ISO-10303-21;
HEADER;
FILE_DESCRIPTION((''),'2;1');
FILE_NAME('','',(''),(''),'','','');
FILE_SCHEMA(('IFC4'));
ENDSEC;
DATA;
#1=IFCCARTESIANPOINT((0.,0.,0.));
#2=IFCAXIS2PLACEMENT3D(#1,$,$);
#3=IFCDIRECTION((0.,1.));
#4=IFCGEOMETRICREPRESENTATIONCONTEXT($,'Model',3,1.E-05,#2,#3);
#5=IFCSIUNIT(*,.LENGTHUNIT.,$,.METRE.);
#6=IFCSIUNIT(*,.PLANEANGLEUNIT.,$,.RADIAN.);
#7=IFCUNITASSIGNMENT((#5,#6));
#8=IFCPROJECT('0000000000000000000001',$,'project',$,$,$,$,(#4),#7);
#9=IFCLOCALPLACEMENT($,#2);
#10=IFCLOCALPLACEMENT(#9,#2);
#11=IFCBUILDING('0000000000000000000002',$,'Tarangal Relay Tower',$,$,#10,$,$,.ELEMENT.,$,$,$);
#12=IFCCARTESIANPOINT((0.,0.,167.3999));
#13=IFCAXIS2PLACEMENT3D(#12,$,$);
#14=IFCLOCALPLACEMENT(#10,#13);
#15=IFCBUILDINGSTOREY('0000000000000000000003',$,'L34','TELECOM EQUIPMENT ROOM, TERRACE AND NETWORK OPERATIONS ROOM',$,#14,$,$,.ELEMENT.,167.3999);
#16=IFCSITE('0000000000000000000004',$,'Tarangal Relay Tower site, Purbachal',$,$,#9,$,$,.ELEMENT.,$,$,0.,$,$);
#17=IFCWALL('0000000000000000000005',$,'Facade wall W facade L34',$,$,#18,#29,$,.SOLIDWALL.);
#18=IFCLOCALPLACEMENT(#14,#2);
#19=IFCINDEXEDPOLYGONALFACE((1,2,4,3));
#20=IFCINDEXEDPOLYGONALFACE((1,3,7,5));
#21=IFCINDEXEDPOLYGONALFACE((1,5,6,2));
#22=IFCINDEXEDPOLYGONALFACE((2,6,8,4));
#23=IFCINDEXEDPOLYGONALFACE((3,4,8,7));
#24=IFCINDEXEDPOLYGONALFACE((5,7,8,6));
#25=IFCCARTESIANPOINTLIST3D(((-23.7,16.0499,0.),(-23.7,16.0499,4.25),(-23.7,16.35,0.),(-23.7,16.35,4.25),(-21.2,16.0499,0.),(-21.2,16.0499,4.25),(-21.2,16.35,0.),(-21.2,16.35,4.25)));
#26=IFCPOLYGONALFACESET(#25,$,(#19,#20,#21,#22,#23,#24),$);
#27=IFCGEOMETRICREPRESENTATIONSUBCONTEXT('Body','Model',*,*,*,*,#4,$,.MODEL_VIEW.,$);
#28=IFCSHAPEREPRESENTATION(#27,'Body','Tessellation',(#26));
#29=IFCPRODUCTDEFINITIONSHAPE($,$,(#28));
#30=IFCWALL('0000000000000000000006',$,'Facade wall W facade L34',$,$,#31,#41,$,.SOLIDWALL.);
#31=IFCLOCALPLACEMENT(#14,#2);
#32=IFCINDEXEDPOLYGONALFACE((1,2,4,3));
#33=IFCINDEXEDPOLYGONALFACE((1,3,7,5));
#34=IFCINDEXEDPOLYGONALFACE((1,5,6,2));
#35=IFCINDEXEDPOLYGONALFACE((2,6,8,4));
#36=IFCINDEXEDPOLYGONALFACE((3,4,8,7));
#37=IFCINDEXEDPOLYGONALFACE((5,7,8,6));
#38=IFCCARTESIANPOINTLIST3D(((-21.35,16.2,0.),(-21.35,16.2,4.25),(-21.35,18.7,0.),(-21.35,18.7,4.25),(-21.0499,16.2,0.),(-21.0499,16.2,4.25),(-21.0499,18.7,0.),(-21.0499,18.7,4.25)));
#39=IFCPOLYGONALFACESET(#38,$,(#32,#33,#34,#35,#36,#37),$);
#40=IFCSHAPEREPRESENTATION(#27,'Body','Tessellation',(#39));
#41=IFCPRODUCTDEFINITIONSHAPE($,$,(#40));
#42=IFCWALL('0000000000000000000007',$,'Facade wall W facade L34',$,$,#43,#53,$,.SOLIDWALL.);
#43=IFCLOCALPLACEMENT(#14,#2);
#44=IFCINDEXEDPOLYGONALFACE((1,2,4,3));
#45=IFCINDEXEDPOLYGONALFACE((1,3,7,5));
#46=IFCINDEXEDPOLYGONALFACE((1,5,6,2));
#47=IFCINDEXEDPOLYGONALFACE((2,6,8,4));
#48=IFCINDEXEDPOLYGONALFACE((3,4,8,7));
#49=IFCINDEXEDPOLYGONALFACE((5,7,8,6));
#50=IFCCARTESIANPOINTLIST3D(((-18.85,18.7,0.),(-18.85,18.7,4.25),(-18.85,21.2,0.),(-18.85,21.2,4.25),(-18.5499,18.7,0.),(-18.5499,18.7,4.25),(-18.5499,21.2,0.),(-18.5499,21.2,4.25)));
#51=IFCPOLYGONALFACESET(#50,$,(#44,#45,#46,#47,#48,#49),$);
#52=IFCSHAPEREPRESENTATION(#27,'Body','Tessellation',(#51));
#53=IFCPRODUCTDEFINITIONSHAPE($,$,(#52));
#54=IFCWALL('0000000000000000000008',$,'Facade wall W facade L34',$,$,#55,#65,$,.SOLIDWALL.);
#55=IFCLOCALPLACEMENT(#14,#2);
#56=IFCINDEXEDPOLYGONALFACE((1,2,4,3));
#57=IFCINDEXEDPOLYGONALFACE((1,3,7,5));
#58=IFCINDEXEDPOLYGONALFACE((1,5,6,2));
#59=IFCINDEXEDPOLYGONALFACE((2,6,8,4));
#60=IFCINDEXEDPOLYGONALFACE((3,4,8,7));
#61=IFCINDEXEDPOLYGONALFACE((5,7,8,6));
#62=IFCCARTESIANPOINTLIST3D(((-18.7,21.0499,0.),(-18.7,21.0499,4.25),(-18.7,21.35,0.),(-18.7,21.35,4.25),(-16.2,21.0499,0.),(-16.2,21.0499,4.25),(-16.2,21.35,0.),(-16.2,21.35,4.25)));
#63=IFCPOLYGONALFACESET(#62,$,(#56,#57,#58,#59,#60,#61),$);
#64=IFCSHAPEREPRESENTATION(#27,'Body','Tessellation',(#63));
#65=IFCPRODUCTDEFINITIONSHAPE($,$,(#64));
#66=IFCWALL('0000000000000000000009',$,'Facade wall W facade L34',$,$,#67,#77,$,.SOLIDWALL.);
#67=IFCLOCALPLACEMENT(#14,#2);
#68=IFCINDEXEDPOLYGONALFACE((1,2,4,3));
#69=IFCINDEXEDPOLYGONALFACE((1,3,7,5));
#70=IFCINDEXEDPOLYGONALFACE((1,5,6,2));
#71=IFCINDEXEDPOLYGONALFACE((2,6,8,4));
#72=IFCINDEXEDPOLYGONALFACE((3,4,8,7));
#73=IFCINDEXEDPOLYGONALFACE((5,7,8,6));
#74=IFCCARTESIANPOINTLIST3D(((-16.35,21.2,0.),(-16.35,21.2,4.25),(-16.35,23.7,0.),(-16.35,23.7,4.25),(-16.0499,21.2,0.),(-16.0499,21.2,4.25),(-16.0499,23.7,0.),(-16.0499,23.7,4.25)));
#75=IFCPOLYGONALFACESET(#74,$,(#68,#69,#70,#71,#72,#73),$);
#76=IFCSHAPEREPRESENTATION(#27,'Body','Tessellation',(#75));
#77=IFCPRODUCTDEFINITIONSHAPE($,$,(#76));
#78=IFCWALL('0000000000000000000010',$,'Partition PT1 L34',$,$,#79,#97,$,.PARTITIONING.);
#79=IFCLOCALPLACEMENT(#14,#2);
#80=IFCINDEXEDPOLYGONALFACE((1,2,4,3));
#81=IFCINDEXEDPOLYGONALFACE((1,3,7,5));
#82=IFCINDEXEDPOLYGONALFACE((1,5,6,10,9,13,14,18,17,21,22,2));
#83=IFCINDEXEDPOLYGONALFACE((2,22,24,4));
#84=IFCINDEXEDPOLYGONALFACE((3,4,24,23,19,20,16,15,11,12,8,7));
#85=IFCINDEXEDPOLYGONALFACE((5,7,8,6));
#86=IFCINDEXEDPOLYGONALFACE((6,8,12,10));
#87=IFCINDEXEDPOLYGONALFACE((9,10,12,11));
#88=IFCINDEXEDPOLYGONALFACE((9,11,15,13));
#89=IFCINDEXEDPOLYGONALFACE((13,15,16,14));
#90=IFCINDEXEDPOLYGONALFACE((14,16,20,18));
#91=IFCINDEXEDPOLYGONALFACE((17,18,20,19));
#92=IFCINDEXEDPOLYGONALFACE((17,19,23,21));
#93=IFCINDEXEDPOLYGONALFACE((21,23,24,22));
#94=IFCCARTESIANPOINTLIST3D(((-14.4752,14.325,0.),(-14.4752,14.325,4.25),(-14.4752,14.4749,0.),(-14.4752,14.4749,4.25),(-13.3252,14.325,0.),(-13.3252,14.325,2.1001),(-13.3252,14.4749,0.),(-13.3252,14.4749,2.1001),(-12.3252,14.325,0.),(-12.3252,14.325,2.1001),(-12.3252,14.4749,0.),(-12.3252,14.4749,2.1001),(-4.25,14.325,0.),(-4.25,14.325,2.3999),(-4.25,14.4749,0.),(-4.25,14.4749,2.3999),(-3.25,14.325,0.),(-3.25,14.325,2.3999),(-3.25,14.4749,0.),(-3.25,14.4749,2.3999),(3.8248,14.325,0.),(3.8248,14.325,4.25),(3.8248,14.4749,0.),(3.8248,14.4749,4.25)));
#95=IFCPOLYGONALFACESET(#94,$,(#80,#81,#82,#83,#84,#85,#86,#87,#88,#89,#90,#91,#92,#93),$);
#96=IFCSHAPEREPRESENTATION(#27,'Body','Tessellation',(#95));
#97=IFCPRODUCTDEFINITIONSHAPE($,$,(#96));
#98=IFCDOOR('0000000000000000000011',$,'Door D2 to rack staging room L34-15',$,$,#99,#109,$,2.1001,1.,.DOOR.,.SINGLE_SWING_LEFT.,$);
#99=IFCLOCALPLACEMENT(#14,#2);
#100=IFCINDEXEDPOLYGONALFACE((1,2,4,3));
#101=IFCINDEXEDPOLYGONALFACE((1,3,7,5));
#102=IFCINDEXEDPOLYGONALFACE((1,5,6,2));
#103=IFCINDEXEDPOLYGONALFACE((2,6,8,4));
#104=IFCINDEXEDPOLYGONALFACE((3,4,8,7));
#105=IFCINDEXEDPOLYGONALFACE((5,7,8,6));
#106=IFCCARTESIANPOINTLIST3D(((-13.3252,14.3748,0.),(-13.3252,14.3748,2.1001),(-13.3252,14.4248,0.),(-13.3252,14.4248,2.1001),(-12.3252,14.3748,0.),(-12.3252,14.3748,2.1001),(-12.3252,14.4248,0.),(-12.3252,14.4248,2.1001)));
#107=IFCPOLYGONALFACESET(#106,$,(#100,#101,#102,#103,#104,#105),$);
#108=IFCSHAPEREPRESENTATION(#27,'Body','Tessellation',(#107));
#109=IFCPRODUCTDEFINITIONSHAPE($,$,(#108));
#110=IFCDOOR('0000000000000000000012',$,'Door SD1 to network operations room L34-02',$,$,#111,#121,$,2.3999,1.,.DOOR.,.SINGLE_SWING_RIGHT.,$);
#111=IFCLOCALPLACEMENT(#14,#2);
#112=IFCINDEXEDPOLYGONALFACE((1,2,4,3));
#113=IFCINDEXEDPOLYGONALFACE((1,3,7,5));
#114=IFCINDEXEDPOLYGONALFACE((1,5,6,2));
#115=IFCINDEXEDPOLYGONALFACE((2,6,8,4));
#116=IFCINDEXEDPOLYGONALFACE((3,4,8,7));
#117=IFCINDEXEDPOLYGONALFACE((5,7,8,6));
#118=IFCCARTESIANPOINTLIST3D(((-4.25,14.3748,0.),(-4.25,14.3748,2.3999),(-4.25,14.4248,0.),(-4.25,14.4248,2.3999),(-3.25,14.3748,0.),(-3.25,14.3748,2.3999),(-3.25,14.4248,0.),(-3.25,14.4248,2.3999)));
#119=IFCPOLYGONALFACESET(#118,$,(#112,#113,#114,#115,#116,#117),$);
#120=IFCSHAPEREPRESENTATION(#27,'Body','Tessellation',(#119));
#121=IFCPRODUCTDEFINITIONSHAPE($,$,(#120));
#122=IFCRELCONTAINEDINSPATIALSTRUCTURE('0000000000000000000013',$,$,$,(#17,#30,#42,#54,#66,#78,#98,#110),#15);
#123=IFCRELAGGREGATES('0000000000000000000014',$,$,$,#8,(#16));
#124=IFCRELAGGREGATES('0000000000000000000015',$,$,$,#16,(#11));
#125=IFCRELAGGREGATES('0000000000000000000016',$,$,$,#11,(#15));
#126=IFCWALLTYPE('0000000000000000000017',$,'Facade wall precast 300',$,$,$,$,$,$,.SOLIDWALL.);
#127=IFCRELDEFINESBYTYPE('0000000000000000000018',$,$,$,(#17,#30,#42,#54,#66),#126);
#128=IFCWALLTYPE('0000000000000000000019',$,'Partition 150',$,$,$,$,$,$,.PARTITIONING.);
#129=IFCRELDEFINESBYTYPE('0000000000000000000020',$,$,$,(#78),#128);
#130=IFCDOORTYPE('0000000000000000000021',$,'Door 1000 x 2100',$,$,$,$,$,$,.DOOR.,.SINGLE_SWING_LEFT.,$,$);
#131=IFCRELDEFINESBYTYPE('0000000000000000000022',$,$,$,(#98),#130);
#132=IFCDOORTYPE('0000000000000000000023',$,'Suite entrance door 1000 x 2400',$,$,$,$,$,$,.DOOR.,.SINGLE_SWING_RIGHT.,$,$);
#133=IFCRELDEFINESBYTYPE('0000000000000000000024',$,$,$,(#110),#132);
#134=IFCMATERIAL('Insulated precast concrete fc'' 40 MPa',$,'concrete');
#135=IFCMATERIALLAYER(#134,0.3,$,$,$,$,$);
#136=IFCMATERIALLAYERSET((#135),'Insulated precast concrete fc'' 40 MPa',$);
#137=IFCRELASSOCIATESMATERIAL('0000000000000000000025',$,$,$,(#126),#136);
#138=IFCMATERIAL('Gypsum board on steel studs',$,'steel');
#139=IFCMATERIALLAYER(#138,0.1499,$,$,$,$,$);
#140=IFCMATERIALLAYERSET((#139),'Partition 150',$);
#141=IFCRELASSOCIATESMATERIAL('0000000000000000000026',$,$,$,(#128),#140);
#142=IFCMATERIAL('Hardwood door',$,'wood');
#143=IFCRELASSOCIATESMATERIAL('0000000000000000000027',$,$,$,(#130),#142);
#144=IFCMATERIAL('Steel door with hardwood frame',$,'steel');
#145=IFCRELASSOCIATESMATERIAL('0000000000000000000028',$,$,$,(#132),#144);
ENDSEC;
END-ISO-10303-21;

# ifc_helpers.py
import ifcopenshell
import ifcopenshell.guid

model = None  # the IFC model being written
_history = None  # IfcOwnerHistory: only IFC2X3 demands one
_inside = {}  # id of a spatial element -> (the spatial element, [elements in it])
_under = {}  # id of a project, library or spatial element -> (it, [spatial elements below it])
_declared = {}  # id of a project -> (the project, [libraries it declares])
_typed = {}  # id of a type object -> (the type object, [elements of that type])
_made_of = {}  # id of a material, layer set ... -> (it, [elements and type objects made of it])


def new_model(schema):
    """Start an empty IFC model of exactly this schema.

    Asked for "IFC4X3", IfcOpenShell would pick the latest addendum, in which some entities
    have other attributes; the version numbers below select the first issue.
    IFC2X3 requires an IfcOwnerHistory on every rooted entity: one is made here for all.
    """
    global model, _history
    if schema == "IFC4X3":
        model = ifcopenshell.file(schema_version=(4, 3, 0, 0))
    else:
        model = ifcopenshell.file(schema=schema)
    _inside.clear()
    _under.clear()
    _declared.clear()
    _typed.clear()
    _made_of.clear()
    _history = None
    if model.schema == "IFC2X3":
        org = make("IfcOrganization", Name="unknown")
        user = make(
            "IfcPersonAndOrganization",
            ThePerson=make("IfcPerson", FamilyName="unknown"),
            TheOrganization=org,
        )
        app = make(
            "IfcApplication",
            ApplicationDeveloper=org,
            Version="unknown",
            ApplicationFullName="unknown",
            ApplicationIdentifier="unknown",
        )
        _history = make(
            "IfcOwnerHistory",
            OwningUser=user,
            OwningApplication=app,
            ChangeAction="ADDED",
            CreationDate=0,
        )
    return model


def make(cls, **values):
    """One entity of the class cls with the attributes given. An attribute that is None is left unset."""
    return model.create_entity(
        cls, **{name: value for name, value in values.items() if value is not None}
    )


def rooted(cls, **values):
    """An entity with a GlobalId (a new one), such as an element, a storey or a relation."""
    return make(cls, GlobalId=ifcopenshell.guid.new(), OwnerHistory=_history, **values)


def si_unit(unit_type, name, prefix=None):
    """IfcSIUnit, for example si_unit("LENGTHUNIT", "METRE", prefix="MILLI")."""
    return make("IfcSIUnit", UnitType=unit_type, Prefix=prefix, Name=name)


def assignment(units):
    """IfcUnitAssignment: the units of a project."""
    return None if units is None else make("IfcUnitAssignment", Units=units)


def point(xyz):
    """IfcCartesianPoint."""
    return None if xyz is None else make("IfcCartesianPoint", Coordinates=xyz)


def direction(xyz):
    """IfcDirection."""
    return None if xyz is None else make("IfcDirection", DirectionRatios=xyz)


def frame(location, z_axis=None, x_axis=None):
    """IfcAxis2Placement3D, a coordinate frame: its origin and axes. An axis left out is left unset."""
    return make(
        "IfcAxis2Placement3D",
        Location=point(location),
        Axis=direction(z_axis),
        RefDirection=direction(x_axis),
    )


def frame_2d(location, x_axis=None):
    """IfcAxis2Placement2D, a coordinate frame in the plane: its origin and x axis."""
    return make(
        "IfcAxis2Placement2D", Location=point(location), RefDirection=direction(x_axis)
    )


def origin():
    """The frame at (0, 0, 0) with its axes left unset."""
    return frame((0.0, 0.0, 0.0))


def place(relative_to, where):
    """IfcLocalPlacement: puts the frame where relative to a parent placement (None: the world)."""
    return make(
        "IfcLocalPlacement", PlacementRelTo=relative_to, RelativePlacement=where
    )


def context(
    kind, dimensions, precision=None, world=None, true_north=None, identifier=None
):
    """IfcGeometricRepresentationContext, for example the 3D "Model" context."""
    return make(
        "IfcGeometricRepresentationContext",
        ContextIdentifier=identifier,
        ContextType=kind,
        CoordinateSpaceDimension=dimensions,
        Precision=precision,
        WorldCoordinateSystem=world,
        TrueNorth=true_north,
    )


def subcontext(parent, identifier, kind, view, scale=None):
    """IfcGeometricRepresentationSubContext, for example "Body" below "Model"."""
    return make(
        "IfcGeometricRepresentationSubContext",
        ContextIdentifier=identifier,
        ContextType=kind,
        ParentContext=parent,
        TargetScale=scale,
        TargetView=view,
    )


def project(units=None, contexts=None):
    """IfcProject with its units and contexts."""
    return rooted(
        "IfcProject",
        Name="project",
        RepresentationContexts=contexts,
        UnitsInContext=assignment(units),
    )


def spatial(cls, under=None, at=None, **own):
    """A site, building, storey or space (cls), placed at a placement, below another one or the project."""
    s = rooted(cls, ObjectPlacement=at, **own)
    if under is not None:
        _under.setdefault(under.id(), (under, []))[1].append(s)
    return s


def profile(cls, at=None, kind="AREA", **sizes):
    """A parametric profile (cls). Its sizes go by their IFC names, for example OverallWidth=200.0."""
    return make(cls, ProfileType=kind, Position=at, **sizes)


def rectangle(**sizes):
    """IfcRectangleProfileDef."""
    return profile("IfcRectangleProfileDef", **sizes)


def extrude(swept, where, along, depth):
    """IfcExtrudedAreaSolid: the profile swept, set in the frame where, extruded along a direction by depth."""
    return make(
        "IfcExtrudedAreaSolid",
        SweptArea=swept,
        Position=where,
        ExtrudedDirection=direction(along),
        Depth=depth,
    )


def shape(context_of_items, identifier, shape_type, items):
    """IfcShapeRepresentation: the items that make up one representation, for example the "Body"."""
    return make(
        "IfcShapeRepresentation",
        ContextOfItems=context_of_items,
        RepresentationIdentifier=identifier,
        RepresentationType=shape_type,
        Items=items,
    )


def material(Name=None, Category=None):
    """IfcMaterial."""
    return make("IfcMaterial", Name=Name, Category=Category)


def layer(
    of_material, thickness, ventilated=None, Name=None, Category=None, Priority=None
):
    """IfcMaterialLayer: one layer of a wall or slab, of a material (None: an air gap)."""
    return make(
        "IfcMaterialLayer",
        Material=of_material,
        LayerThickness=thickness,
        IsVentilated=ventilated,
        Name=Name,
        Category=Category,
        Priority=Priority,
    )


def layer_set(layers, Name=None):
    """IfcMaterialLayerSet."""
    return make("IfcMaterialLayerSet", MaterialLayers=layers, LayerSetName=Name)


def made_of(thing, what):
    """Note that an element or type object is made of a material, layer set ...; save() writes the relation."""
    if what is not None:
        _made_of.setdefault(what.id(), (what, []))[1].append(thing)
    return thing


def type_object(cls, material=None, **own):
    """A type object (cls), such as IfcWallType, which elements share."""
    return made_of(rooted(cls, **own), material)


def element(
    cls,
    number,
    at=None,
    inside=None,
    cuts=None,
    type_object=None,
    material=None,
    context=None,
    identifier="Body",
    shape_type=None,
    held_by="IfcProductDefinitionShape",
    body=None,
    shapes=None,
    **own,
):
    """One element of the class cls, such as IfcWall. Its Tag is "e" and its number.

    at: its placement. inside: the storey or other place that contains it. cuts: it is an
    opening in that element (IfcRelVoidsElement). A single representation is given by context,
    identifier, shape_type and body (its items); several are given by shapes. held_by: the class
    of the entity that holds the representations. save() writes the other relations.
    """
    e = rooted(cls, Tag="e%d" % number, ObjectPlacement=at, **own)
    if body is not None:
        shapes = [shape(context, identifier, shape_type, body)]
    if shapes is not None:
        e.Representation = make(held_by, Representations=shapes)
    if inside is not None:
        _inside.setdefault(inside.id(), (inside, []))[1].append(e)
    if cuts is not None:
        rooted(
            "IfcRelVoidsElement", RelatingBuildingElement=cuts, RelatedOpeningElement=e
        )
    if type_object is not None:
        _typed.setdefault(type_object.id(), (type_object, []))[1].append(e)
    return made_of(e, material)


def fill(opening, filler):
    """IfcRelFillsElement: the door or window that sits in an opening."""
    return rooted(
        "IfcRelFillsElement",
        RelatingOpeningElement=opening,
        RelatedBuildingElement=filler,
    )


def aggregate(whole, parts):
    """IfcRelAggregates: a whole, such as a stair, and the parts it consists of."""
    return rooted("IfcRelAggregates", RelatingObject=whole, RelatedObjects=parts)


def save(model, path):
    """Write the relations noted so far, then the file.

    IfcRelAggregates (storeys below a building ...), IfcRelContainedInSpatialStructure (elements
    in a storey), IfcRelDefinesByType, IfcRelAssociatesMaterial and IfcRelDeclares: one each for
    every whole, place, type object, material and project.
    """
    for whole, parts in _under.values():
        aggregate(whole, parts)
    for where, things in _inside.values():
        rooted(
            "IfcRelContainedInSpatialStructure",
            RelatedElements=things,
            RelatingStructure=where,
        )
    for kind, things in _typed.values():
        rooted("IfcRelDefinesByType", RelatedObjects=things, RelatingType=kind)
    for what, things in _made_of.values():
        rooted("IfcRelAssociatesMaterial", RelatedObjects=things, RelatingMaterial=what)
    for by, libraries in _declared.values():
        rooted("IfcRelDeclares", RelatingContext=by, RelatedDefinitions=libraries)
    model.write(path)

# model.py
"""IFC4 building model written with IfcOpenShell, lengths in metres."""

from ifc_helpers import new_model, si_unit, direction, frame, frame_2d, origin, place, context, subcontext, project, spatial, rectangle, extrude, material, layer, layer_set, type_object, element, fill, save


model = new_model("IFC4")

# Units and contexts
model_context = context("Model", 3, precision=1e-05, world=origin(), true_north=direction((0.0, 1.0)))
body_context = subcontext(model_context, "Body", "Model", "MODEL_VIEW")
ifc_project = project(units=[si_unit("LENGTHUNIT", "METRE"), si_unit("PLANEANGLEUNIT", "RADIAN")], contexts=[model_context])

# Site, building, storey
site_placement = place(None, origin())
site = spatial("IfcSite", under=ifc_project, at=site_placement, Name="Tarangal Relay Tower site, Purbachal", CompositionType="ELEMENT", RefElevation=0.0)
building_placement = place(site_placement, origin())
building = spatial("IfcBuilding", under=site, at=building_placement, Name="Tarangal Relay Tower", CompositionType="ELEMENT")
storey_placement = place(building_placement, frame((0.0, 0.0, 167.3999)))
storey = spatial("IfcBuildingStorey", under=building, at=storey_placement, Name="L34", Description="TELECOM EQUIPMENT ROOM, TERRACE AND NETWORK OPERATIONS ROOM", CompositionType="ELEMENT", Elevation=167.3999)

# Shared definitions
ifc_material_1 = material(Name="Insulated precast concrete fc' 40 MPa", Category="concrete")
ifc_layer_1 = layer(ifc_material_1, 0.3)
ifc_layer_set_1 = layer_set([ifc_layer_1], Name="Insulated precast concrete fc' 40 MPa")
wall_type_1 = type_object("IfcWallType", Name="Facade wall precast 300", PredefinedType="SOLIDWALL", material=ifc_layer_set_1)

# Walls
for number, where, z_axis, x_axis, name in (
    (1, (-23.7, 16.2, 0.0), (0.0, 0.0, 1.0), (1.0, 0.0, 0.0), "Facade wall W facade L34"),
    (2, (-21.2, 16.2, 0.0), (0.0, 0.0, 1.0), (0.0, 1.0, 0.0), "Facade wall W facade L34"),
):
    element("IfcWall", number, at=place(storey_placement, frame(where, z_axis=z_axis, x_axis=x_axis)), inside=storey, type_object=wall_type_1, Name=name, PredefinedType="SOLIDWALL", context=body_context, shape_type="SweptSolid", body=[
        extrude(rectangle(XDim=2.5, YDim=0.3, at=frame_2d((1.25, 0.0))), origin(), (0.0, 0.0, 1.0), 4.25),
    ])

# Walls
for number, where, z_axis, x_axis, name in (
    (3, (-18.7, 18.7, 0.0), (0.0, 0.0, 1.0), (0.0, 1.0, 0.0), "Facade wall W facade L34"),
    (4, (-18.7, 21.2, 0.0), (0.0, 0.0, 1.0), (1.0, 0.0, 0.0), "Facade wall W facade L34"),
    (5, (-16.2, 21.2, 0.0), (0.0, 0.0, 1.0), (0.0, 1.0, 0.0), "Facade wall W facade L34"),
):
    element("IfcWall", number, at=place(storey_placement, frame(where, z_axis=z_axis, x_axis=x_axis)), inside=storey, type_object=wall_type_1, Name=name, PredefinedType="SOLIDWALL", context=body_context, shape_type="SweptSolid", body=[
        extrude(rectangle(XDim=2.5, YDim=0.3, at=frame_2d((1.25, 0.0))), origin(), (0.0, 0.0, 1.0), 4.25),
    ])

# Wall, openings, doors
ifc_material_2 = material(Name="Gypsum board on steel studs", Category="steel")
ifc_layer_2 = layer(ifc_material_2, 0.1499)
ifc_layer_set_2 = layer_set([ifc_layer_2], Name="Partition 150")
wall_type_2 = type_object("IfcWallType", Name="Partition 150", PredefinedType="PARTITIONING", material=ifc_layer_set_2)
wall_1_placement = place(storey_placement, frame((-14.4751, 14.3999, 0.0), z_axis=(0.0, 0.0, 1.0), x_axis=(1.0, 0.0, 0.0)))
wall_1 = element("IfcWall", 6, at=wall_1_placement, inside=storey, type_object=wall_type_2, Name="Partition PT1 L34", PredefinedType="PARTITIONING", context=body_context, shape_type="SweptSolid", body=[
    extrude(rectangle(XDim=18.3, YDim=0.1499, at=frame_2d((9.1499, 0.0))), origin(), (0.0, 0.0, 1.0), 4.25),
])
opening_1_placement = place(wall_1_placement, frame((10.2251, 0.0, 0.0)))
opening_1 = element("IfcOpeningElement", 7, at=opening_1_placement, cuts=wall_1, PredefinedType="OPENING", context=body_context, shape_type="SweptSolid", body=[
    extrude(rectangle(XDim=1.0, YDim=2.3999, at=frame_2d((0.5, 1.2))), frame((0.0, 0.085, 0.0), z_axis=(0.0, -1.0, 0.0), x_axis=(1.0, 0.0, 0.0)), (0.0, 0.0, 1.0), 0.1699),
])
opening_2_placement = place(wall_1_placement, frame((1.1499, 0.0, 0.0)))
opening_2 = element("IfcOpeningElement", 8, at=opening_2_placement, cuts=wall_1, PredefinedType="OPENING", context=body_context, shape_type="SweptSolid", body=[
    extrude(rectangle(XDim=1.0, YDim=2.1001, at=frame_2d((0.5, 1.05))), frame((0.0, 0.085, 0.0), z_axis=(0.0, -1.0, 0.0), x_axis=(1.0, 0.0, 0.0)), (0.0, 0.0, 1.0), 0.1699),
])
ifc_material_3 = material(Name="Hardwood door", Category="wood")
door_type_1 = type_object("IfcDoorType", Name="Door 1000 x 2100", OperationType="SINGLE_SWING_LEFT", PredefinedType="DOOR", material=ifc_material_3)
door_1_placement = place(opening_2_placement, origin())
door_1 = element("IfcDoor", 9, at=door_1_placement, inside=storey, type_object=door_type_1, Name="Door D2 to rack staging room L34-15", OperationType="SINGLE_SWING_LEFT", OverallHeight=2.1001, OverallWidth=1.0, PredefinedType="DOOR", context=body_context, shape_type="SweptSolid", body=[
    extrude(rectangle(XDim=1.0, YDim=2.1001, at=frame_2d((0.5, 1.05))), frame((0.0, 0.0249, 0.0), z_axis=(0.0, -1.0, 0.0), x_axis=(1.0, 0.0, 0.0)), (0.0, 0.0, 1.0), 0.05),
])
fill(opening_2, door_1)
ifc_material_4 = material(Name="Steel door with hardwood frame", Category="steel")
door_type_2 = type_object("IfcDoorType", Name="Suite entrance door 1000 x 2400", OperationType="SINGLE_SWING_RIGHT", PredefinedType="DOOR", material=ifc_material_4)
door_2_placement = place(opening_1_placement, origin())
door_2 = element("IfcDoor", 10, at=door_2_placement, inside=storey, type_object=door_type_2, Name="Door SD1 to network operations room L34-02", OperationType="SINGLE_SWING_RIGHT", OverallHeight=2.3999, OverallWidth=1.0, PredefinedType="DOOR", context=body_context, shape_type="SweptSolid", body=[
    extrude(rectangle(XDim=1.0, YDim=2.3999, at=frame_2d((0.5, 1.2))), frame((0.0, 0.0249, 0.0), z_axis=(0.0, -1.0, 0.0), x_axis=(1.0, 0.0, 0.0)), (0.0, 0.0, 1.0), 0.05),
])
fill(opening_1, door_2)

save(model, "model.ifc")
